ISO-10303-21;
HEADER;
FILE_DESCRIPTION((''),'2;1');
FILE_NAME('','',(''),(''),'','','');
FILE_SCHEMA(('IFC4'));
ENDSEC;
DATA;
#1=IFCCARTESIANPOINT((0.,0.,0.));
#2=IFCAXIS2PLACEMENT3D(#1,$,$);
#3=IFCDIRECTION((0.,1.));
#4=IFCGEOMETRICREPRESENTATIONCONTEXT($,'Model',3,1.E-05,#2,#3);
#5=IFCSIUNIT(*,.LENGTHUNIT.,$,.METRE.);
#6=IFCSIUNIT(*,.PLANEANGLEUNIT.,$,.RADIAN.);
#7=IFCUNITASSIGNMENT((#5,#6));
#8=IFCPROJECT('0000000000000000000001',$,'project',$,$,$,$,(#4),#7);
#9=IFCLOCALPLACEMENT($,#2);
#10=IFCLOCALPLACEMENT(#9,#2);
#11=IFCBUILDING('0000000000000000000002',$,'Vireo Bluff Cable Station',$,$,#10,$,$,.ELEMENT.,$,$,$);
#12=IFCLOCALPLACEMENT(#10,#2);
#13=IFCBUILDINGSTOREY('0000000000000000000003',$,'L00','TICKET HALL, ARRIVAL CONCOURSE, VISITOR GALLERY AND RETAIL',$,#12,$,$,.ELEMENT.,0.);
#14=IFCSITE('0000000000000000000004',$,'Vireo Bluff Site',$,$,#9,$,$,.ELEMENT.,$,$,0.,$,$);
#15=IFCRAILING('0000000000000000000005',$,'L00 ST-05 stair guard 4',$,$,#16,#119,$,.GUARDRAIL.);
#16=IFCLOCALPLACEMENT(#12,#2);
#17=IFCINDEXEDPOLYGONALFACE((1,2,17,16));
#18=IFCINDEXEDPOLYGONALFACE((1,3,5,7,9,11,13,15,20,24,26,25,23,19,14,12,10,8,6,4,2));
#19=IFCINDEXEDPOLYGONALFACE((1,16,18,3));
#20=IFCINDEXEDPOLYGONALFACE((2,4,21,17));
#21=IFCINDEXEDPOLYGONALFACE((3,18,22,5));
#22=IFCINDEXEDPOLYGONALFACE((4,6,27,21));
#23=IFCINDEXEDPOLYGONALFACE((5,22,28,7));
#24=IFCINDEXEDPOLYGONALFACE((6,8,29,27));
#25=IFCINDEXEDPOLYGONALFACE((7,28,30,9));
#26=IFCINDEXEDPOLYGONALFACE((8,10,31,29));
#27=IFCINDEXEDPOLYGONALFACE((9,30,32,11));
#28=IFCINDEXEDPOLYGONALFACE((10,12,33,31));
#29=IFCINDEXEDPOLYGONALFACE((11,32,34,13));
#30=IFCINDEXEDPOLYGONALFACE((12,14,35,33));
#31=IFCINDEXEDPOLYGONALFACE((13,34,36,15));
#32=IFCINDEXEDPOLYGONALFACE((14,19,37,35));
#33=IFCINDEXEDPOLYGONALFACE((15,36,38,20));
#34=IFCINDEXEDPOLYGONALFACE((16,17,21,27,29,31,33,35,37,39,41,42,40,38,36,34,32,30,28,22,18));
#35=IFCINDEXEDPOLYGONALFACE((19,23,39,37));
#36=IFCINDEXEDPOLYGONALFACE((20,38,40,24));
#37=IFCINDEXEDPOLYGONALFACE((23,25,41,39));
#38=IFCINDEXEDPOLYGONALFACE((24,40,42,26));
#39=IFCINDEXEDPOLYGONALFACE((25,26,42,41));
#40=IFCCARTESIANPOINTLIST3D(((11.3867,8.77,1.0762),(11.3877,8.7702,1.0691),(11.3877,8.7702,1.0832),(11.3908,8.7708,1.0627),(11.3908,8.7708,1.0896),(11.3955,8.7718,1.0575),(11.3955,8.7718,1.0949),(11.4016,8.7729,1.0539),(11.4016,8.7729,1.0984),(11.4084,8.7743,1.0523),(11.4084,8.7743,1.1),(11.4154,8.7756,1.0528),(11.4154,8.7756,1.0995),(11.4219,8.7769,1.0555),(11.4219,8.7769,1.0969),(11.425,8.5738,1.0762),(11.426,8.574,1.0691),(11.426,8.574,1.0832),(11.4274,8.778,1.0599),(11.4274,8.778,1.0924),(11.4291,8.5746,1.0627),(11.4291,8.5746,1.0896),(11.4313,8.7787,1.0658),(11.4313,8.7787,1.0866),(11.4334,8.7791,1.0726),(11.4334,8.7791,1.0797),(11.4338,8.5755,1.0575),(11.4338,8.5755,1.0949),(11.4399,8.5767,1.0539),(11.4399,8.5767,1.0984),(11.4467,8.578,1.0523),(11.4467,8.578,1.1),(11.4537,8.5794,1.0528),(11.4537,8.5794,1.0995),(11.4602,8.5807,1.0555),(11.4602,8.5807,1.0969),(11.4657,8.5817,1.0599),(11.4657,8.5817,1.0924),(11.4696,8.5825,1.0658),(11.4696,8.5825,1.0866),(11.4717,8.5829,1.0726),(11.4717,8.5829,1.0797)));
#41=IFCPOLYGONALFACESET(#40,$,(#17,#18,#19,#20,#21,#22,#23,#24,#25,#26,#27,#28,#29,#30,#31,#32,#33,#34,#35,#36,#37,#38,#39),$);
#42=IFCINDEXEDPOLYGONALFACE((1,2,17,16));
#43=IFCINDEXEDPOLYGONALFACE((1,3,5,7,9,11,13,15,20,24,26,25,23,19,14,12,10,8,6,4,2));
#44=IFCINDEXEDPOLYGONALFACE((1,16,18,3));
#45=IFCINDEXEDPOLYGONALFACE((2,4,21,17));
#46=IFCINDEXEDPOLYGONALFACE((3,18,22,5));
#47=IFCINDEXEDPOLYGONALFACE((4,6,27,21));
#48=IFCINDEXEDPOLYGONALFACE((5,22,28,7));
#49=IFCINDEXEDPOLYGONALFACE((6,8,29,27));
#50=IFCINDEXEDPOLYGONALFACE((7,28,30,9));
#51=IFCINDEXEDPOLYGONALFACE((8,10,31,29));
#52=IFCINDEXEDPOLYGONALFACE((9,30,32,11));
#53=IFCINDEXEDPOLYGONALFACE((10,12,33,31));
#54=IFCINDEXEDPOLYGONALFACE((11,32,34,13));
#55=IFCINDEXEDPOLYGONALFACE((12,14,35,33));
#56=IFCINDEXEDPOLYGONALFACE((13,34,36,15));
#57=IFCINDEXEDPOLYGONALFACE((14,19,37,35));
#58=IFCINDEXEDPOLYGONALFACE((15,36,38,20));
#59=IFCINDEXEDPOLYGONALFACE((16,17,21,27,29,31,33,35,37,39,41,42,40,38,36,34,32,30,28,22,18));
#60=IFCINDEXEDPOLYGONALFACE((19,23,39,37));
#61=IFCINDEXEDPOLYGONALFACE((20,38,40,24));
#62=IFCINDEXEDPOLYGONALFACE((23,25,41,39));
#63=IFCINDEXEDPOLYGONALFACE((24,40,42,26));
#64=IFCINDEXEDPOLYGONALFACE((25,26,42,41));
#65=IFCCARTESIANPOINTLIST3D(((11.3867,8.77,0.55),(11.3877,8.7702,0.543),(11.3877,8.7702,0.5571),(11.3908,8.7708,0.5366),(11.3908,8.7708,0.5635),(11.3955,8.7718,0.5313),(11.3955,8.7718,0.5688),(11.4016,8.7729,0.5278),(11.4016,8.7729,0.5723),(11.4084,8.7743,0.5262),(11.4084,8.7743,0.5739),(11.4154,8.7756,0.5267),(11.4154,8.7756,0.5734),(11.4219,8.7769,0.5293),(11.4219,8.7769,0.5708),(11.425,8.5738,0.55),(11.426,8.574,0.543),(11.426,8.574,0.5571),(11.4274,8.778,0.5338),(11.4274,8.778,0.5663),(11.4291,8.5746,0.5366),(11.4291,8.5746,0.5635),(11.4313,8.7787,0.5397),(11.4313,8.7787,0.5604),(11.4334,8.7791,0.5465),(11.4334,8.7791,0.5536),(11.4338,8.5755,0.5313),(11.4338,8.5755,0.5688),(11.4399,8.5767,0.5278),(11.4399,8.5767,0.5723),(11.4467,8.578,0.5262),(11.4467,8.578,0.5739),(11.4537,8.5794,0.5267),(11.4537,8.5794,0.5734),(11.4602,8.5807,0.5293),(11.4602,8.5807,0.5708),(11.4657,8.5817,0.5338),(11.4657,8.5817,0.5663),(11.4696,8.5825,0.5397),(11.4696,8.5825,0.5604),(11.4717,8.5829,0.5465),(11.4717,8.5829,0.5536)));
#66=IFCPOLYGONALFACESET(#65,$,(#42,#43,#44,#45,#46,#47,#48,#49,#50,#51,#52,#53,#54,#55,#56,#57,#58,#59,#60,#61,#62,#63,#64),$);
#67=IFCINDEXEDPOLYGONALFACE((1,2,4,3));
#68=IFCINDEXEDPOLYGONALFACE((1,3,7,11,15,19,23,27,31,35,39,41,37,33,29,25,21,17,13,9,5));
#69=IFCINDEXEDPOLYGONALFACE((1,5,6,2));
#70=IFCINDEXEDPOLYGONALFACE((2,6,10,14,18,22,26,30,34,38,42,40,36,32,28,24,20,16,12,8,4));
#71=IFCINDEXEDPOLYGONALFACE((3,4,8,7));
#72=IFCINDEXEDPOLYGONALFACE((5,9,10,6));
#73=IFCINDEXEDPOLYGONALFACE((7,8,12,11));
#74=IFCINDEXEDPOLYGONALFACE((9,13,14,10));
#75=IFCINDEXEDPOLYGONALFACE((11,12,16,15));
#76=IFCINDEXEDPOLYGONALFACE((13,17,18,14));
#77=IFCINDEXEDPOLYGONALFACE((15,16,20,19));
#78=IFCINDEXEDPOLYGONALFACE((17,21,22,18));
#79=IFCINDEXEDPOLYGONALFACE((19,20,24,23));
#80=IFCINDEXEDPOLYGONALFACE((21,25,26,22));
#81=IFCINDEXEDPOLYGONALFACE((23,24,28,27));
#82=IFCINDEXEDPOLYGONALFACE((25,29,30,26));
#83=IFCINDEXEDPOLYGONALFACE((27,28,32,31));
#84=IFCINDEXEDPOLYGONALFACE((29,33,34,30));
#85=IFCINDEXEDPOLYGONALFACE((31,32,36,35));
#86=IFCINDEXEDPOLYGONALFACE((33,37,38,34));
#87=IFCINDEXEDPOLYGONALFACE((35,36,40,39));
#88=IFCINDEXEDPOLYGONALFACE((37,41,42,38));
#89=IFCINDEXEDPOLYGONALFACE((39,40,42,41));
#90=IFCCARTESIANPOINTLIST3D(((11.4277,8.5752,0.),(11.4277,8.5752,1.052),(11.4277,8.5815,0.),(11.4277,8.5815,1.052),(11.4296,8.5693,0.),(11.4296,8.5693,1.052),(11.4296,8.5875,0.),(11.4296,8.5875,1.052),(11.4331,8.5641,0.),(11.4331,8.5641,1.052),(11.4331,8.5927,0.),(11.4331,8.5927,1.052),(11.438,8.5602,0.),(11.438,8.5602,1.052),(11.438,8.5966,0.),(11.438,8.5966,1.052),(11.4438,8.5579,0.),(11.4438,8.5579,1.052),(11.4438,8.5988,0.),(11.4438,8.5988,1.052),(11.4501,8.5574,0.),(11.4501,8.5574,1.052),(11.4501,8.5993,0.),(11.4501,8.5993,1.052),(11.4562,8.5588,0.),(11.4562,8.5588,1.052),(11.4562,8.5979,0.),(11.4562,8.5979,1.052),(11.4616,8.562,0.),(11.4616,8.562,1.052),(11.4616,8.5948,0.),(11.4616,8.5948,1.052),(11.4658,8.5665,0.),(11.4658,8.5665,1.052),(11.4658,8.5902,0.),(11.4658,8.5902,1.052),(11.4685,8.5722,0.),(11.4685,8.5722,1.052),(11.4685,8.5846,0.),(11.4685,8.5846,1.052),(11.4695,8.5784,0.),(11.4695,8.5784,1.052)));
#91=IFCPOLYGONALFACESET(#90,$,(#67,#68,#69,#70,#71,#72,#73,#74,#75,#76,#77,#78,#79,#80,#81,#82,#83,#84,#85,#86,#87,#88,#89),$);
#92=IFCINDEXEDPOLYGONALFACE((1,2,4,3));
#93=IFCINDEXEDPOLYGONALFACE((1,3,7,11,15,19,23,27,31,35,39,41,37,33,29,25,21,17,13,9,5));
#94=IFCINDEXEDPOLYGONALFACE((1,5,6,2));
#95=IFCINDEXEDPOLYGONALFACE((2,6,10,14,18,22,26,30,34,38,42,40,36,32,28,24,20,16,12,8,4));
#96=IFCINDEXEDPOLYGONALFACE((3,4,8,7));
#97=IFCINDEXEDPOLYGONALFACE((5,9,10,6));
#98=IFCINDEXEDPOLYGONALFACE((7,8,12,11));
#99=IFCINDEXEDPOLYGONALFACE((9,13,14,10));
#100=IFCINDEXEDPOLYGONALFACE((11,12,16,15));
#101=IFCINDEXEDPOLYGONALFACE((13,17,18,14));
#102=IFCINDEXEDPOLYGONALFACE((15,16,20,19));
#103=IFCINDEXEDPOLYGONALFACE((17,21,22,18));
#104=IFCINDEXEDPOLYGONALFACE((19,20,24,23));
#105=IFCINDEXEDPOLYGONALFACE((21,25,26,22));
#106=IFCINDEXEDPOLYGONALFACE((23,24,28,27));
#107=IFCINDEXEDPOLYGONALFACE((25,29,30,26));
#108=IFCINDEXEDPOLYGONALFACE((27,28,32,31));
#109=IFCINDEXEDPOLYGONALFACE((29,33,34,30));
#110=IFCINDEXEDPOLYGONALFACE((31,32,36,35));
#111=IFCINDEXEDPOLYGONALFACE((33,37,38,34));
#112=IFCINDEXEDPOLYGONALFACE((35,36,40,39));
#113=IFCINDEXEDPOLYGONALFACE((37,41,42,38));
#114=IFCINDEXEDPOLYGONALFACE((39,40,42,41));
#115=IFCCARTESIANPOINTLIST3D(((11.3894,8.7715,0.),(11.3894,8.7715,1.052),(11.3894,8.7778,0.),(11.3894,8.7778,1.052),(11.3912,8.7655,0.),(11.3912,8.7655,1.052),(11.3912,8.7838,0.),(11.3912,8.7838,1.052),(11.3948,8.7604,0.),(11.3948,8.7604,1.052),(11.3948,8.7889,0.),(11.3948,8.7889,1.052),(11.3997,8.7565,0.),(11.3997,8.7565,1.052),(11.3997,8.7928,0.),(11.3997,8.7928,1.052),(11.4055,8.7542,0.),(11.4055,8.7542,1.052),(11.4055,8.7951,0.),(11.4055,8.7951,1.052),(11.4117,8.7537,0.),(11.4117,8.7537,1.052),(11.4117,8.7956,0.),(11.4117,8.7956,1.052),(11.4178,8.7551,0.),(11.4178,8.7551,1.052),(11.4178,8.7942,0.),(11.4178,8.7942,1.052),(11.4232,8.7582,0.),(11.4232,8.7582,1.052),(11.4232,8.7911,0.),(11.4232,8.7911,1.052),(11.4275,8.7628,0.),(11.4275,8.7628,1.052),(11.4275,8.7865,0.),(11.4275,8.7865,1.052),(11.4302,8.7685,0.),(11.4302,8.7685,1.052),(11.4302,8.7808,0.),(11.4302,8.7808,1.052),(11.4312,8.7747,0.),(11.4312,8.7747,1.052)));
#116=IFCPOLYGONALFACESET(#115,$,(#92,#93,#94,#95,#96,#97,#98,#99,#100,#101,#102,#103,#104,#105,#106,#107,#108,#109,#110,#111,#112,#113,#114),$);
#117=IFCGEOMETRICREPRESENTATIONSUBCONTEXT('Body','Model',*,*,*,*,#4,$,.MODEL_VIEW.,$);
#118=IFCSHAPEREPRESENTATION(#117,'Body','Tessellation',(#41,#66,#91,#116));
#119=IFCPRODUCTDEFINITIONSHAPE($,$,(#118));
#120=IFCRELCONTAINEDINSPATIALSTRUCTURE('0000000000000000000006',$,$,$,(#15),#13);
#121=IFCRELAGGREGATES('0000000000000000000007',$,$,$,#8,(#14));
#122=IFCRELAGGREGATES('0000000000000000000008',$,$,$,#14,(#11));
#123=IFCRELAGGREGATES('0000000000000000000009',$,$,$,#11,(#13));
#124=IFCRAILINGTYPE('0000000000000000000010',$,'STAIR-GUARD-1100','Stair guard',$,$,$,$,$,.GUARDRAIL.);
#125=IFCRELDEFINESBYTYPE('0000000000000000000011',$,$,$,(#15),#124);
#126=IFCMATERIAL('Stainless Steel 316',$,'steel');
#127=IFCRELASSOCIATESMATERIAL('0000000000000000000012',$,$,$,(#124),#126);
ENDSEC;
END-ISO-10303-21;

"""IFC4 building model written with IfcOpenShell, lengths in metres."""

from ifc_helpers import new_model, si_unit, direction, frame, origin, origin_2d, place, context, subcontext, project, spatial, circle, extrude, material, type_object, element, save


model = new_model("IFC4")

# Units and contexts
model_context = context("Model", 3, precision=1e-05, world=origin(), true_north=direction((0.0, 1.0)))
body_context = subcontext(model_context, "Body", "Model", "MODEL_VIEW")
ifc_project = project(units=[si_unit("LENGTHUNIT", "METRE"), si_unit("PLANEANGLEUNIT", "RADIAN")], contexts=[model_context])

# Site, building, storey
site_placement = place(None, origin())
site = spatial("IfcSite", under=ifc_project, at=site_placement, Name="Vireo Bluff Site", CompositionType="ELEMENT", RefElevation=0.0)
building_placement = place(site_placement, origin())
building = spatial("IfcBuilding", under=site, at=building_placement, Name="Vireo Bluff Cable Station", CompositionType="ELEMENT")
storey_placement = place(building_placement, origin())
storey = spatial("IfcBuildingStorey", under=building, at=storey_placement, Name="L00", Description="TICKET HALL, ARRIVAL CONCOURSE, VISITOR GALLERY AND RETAIL", CompositionType="ELEMENT", Elevation=0.0)

# Shared definitions
ifc_material_1 = material(Name="Stainless Steel 316", Category="steel")

# Railing
railing_type_1 = type_object("IfcRailingType", Name="STAIR-GUARD-1100", Description="Stair guard", PredefinedType="GUARDRAIL", material=ifc_material_1)
railing_1_placement = place(storey_placement, frame((11.4485, 8.5784, 0.0)))
element("IfcRailing", 1, at=railing_1_placement, inside=storey, type_object=railing_type_1, Name="L00 ST-05 stair guard 4", PredefinedType="GUARDRAIL", context=body_context, shape_type="SweptSolid", body=[
    extrude(circle(Radius=0.0239, at=origin_2d()), frame((0.0, 0.0, 1.0762), z_axis=(-0.191654, 0.981463, 0.0), x_axis=(-0.981463, -0.191654, 0.0)), (0.0, 0.0, 1.0), 0.2),
    extrude(circle(Radius=0.0239, at=origin_2d()), frame((0.0, 0.0, 0.55), z_axis=(-0.191654, 0.981463, 0.0), x_axis=(-0.981463, -0.191654, 0.0)), (0.0, 0.0, 1.0), 0.2),
    extrude(circle(Radius=0.021, at=origin_2d()), origin(), (0.0, 0.0, 1.0), 1.052),
    extrude(circle(Radius=0.021, at=origin_2d()), frame((-0.0383, 0.1963, 0.0)), (0.0, 0.0, 1.0), 1.052),
])

save(model, "model.ifc")
